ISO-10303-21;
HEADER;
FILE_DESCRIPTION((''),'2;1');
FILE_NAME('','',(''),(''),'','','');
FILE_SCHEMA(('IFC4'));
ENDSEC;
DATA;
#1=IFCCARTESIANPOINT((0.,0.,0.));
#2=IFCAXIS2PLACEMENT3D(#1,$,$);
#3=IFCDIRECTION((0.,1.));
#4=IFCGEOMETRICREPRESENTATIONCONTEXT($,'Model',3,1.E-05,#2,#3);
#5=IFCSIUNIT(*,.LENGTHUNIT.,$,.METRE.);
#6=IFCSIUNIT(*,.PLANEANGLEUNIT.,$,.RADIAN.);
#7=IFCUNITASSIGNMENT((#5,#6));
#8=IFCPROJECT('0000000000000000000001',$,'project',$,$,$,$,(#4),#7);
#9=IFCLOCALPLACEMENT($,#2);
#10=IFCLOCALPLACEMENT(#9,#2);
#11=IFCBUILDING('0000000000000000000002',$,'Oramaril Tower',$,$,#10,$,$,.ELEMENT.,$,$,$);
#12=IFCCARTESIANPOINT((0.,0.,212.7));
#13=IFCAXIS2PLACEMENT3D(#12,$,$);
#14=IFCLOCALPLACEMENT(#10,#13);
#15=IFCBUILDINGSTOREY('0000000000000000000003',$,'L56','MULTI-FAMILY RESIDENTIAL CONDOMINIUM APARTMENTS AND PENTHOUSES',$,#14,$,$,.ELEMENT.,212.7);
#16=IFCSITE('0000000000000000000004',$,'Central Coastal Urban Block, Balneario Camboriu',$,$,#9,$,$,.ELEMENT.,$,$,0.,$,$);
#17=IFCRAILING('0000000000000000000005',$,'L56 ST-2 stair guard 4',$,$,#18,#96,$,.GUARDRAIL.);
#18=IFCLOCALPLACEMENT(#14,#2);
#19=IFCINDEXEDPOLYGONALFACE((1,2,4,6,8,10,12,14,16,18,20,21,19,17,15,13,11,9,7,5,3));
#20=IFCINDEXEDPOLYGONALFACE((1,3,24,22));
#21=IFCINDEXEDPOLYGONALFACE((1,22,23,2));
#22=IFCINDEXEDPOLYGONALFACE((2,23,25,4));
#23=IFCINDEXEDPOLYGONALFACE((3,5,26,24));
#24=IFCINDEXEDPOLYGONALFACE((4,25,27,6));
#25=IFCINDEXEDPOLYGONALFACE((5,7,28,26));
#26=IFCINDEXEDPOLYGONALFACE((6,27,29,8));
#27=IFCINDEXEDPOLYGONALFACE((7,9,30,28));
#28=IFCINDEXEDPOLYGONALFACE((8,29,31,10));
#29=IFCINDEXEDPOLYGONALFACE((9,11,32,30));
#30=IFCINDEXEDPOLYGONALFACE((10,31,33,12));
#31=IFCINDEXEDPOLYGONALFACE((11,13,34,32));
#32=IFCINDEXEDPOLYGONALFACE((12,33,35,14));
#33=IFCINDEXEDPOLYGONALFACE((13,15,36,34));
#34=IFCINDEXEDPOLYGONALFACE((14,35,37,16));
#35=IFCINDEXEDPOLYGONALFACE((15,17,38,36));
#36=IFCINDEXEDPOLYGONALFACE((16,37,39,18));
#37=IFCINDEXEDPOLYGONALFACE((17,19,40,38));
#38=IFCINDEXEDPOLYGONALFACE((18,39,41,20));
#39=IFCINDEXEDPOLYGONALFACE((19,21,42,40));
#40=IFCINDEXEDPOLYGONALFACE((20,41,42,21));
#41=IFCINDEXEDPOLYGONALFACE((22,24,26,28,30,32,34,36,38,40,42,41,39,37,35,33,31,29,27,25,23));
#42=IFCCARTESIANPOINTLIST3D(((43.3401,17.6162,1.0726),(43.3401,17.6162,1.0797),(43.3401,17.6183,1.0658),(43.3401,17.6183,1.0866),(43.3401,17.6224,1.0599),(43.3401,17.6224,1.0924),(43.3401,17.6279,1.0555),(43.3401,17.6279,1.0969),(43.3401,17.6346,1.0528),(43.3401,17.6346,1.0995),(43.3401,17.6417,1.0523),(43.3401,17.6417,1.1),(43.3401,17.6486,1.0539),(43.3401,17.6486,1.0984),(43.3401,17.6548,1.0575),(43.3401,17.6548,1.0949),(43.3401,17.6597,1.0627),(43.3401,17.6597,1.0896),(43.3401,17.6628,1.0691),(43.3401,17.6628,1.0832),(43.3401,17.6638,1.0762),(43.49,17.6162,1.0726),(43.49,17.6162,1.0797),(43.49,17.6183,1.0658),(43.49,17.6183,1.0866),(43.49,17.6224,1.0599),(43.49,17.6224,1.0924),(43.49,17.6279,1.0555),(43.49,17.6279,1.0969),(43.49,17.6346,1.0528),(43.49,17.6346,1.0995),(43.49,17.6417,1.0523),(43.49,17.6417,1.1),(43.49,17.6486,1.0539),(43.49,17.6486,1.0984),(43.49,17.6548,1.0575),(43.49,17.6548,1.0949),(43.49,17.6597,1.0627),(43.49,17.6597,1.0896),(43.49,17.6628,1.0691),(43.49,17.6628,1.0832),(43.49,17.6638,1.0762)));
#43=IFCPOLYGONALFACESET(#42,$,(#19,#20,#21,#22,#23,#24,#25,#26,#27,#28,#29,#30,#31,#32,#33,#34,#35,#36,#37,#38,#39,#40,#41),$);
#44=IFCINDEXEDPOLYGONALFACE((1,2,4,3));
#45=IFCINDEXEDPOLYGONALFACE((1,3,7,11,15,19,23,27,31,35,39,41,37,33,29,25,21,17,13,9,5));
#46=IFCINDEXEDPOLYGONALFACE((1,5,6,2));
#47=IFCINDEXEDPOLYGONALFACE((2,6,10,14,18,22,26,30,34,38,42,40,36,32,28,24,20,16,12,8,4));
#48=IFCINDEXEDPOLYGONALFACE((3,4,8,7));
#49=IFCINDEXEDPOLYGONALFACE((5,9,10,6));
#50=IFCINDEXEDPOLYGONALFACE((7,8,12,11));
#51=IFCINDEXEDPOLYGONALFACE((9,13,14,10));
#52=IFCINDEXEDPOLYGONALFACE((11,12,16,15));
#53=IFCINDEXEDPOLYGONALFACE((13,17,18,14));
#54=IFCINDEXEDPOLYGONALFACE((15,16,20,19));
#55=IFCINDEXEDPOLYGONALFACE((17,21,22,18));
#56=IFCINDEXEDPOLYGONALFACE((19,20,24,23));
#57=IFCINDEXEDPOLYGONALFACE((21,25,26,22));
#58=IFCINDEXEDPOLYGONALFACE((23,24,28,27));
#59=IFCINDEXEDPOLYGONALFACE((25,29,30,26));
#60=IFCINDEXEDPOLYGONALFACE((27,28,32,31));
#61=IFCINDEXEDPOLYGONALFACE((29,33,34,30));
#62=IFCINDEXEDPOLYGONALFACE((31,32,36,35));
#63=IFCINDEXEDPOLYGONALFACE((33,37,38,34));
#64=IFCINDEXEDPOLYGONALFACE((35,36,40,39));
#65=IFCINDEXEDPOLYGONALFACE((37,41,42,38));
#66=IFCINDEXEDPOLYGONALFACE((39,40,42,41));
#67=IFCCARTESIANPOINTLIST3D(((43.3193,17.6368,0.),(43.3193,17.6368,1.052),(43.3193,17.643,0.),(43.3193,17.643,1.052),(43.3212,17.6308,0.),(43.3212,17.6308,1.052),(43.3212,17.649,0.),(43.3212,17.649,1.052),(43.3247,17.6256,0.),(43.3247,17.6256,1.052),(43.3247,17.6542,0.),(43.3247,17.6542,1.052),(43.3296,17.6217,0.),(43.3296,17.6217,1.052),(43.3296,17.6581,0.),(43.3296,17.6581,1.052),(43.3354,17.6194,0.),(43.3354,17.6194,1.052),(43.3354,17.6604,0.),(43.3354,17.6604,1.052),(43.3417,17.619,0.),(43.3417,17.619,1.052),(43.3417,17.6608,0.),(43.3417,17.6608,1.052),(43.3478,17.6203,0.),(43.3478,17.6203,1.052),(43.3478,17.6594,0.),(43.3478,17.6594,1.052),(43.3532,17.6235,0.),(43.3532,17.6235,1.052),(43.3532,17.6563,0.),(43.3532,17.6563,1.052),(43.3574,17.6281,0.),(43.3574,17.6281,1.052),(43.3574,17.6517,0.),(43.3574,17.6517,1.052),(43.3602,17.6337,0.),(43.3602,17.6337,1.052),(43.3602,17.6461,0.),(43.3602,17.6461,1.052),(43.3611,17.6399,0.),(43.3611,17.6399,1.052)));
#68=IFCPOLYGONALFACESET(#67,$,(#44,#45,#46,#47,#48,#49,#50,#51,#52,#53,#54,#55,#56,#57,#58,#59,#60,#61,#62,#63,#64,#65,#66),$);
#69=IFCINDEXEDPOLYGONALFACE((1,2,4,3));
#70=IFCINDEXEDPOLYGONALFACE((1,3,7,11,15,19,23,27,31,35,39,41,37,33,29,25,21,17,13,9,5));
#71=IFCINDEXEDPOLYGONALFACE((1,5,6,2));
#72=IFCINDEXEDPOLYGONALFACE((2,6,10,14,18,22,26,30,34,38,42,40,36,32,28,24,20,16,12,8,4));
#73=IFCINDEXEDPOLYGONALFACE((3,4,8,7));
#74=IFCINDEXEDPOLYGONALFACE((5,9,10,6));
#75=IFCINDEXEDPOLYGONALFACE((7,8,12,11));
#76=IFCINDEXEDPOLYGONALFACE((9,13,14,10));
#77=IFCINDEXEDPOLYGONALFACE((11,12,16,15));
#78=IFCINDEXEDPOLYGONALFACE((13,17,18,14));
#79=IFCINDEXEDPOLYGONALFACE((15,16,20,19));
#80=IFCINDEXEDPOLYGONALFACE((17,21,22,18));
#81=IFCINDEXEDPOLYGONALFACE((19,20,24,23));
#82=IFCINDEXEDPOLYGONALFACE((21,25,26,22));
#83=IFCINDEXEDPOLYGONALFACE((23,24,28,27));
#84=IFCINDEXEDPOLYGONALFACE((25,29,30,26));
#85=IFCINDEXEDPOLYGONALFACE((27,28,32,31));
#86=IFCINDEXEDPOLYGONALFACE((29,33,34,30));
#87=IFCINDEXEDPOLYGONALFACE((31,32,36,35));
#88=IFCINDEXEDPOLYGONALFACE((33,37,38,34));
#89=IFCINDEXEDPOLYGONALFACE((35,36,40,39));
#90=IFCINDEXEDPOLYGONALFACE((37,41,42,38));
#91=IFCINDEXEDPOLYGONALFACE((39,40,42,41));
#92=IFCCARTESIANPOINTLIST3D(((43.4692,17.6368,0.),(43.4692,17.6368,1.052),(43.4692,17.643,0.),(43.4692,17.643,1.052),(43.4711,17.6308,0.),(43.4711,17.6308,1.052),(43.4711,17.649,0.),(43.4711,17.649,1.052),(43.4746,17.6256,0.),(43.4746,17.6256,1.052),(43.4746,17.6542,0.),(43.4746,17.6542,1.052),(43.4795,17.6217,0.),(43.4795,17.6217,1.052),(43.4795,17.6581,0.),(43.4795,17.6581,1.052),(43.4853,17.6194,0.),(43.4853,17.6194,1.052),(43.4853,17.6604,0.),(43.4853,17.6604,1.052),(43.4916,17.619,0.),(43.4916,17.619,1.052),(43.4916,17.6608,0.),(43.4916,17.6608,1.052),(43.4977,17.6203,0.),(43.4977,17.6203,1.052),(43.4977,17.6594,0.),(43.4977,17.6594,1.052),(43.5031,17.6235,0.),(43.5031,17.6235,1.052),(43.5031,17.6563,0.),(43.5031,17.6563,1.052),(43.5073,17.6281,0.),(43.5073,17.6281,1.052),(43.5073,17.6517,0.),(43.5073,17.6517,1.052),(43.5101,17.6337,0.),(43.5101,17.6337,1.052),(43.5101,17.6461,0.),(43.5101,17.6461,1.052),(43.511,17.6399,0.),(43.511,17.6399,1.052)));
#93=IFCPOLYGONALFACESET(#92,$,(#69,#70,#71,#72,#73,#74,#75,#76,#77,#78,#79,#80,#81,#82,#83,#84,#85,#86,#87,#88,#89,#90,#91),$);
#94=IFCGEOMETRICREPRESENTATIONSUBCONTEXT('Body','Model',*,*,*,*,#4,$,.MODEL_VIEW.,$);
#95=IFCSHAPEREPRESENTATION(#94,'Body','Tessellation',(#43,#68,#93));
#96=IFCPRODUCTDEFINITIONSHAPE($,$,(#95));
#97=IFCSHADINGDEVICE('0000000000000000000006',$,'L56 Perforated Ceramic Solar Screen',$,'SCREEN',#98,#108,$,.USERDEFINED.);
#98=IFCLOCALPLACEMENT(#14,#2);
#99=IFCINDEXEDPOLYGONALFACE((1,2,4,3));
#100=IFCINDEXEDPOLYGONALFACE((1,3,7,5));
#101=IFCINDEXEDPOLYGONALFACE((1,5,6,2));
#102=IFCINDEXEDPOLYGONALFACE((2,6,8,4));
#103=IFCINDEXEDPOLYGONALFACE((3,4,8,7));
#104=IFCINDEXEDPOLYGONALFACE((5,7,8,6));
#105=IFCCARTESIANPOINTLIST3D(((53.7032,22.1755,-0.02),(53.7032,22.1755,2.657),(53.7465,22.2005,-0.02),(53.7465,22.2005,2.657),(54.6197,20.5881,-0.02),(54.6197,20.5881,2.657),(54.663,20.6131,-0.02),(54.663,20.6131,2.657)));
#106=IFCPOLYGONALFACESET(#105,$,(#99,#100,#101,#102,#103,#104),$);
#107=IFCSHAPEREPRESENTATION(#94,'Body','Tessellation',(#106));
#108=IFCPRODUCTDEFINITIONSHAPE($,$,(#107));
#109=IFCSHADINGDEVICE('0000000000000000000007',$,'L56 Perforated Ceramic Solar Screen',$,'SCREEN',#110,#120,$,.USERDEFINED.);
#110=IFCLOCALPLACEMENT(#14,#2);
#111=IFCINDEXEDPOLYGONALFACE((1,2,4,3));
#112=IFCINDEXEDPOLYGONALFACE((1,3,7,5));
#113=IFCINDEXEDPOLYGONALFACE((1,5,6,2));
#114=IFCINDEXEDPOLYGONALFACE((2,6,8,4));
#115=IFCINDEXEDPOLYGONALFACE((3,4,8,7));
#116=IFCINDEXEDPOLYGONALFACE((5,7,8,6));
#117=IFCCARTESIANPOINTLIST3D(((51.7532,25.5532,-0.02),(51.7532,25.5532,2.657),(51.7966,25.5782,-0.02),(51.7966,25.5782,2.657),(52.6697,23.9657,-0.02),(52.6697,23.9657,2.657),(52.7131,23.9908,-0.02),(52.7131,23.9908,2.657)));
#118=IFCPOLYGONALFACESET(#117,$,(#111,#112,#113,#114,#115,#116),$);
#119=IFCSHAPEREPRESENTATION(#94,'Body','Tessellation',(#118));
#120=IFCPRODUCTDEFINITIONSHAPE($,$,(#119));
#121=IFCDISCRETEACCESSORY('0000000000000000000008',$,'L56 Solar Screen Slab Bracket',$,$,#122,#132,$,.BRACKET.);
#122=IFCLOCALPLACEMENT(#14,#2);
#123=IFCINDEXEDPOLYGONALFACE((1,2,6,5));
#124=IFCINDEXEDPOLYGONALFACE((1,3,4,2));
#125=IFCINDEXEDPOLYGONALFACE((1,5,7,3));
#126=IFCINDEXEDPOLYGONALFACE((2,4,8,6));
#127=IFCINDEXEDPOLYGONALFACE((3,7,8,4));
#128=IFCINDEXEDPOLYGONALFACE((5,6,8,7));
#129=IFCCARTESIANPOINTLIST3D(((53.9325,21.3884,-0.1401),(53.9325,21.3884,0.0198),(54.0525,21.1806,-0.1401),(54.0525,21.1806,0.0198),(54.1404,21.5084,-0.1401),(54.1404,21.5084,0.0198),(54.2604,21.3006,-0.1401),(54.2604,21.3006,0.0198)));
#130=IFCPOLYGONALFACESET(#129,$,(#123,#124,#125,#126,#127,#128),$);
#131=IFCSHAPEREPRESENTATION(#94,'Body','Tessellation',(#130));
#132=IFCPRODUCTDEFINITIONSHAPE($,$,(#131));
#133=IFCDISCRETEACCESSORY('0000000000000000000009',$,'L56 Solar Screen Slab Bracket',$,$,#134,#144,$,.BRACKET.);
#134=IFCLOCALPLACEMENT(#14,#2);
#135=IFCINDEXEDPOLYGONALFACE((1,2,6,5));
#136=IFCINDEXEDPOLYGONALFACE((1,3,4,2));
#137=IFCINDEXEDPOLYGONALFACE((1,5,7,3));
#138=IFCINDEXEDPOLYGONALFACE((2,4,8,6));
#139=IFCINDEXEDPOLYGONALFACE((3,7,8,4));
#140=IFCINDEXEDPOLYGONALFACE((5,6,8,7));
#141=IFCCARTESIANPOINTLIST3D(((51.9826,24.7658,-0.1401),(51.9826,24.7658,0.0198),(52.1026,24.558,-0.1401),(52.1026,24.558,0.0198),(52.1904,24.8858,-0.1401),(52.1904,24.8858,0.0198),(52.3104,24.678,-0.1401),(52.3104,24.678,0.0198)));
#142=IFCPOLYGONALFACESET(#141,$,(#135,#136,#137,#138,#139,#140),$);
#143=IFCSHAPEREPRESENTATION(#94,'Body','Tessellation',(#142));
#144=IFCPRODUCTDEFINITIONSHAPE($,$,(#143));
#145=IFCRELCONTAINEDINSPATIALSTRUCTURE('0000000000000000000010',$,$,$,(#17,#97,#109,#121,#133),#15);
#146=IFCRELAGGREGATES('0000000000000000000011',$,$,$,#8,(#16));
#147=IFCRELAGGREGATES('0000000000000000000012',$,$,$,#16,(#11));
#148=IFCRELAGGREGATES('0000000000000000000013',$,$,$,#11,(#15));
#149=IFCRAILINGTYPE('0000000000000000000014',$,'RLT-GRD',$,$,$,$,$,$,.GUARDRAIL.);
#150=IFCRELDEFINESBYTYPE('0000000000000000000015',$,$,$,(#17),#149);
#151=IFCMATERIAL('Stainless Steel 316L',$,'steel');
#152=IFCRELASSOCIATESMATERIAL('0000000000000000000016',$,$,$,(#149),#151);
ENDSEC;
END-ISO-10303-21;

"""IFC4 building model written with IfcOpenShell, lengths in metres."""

from ifc_helpers import new_model, si_unit, direction, frame, origin, origin_2d, place, context, subcontext, project, spatial, rectangle, circle, extrude, material, type_object, element, save


model = new_model("IFC4")

# Units and contexts
model_context = context("Model", 3, precision=1e-05, world=origin(), true_north=direction((0.0, 1.0)))
body_context = subcontext(model_context, "Body", "Model", "MODEL_VIEW")
ifc_project = project(units=[si_unit("LENGTHUNIT", "METRE"), si_unit("PLANEANGLEUNIT", "RADIAN")], contexts=[model_context])

# Site, building, storey
site_placement = place(None, origin())
site = spatial("IfcSite", under=ifc_project, at=site_placement, Name="Central Coastal Urban Block, Balneario Camboriu", CompositionType="ELEMENT", RefElevation=0.0)
building_placement = place(site_placement, origin())
building = spatial("IfcBuilding", under=site, at=building_placement, Name="Oramaril Tower", CompositionType="ELEMENT")
storey_placement = place(building_placement, frame((0.0, 0.0, 212.7)))
storey = spatial("IfcBuildingStorey", under=building, at=storey_placement, Name="L56", Description="MULTI-FAMILY RESIDENTIAL CONDOMINIUM APARTMENTS AND PENTHOUSES", CompositionType="ELEMENT", Elevation=212.7)

# Railing
ifc_material_1 = material(Name="Stainless Steel 316L", Category="steel")
railing_type = type_object("IfcRailingType", Name="RLT-GRD", PredefinedType="GUARDRAIL", material=ifc_material_1)
railing_1_placement = place(storey_placement, frame((43.3401, 17.6399, 0.0)))
element("IfcRailing", 1, at=railing_1_placement, inside=storey, type_object=railing_type, Name="L56 ST-2 stair guard 4", PredefinedType="GUARDRAIL", context=body_context, shape_type="SweptSolid", body=[
    extrude(circle(Radius=0.0239, at=origin_2d()), frame((0.0, 0.0, 1.0762), z_axis=(1.0, 0.0, 0.0), x_axis=(0.0, 1.0, 0.0)), (0.0, 0.0, 1.0), 0.1499),
    extrude(circle(Radius=0.021, at=origin_2d()), origin(), (0.0, 0.0, 1.0), 1.052),
    extrude(circle(Radius=0.021, at=origin_2d()), frame((0.1499, 0.0, 0.0)), (0.0, 0.0, 1.0), 1.052),
])

# Shading devices
for number, where, z_axis, x_axis, name in (
    (2, (54.1831, 21.3943, -0.02), (0.0, 0.0, 1.0), (-0.499998, 0.866026, 0.0), "L56 Perforated Ceramic Solar Screen"),
    (3, (52.2332, 24.772, -0.02), (0.0, 0.0, 1.0), (-0.499998, 0.866026, 0.0), "L56 Perforated Ceramic Solar Screen"),
):
    element("IfcShadingDevice", number, at=place(storey_placement, frame(where, z_axis=z_axis, x_axis=x_axis)), inside=storey, Name=name, ObjectType="SCREEN", PredefinedType="USERDEFINED", context=body_context, shape_type="SweptSolid", body=[
        extrude(rectangle(XDim=1.833, YDim=0.05, at=origin_2d()), origin(), (0.0, 0.0, 1.0), 2.677),
    ])

# Discrete accessories
for number, where, z_axis, x_axis, name in (
    (4, (54.0964, 21.3445, -0.1401), (0.0, 0.0, 1.0), (-0.499998, 0.866026, 0.0), "L56 Solar Screen Slab Bracket"),
    (5, (52.1465, 24.7219, -0.1401), (0.0, 0.0, 1.0), (-0.499998, 0.866026, 0.0), "L56 Solar Screen Slab Bracket"),
):
    element("IfcDiscreteAccessory", number, at=place(storey_placement, frame(where, z_axis=z_axis, x_axis=x_axis)), inside=storey, Name=name, PredefinedType="BRACKET", context=body_context, shape_type="SweptSolid", body=[
        extrude(rectangle(XDim=0.24, YDim=0.24, at=origin_2d()), origin(), (0.0, 0.0, 1.0), 0.1599),
    ])

save(model, "model.ifc")
